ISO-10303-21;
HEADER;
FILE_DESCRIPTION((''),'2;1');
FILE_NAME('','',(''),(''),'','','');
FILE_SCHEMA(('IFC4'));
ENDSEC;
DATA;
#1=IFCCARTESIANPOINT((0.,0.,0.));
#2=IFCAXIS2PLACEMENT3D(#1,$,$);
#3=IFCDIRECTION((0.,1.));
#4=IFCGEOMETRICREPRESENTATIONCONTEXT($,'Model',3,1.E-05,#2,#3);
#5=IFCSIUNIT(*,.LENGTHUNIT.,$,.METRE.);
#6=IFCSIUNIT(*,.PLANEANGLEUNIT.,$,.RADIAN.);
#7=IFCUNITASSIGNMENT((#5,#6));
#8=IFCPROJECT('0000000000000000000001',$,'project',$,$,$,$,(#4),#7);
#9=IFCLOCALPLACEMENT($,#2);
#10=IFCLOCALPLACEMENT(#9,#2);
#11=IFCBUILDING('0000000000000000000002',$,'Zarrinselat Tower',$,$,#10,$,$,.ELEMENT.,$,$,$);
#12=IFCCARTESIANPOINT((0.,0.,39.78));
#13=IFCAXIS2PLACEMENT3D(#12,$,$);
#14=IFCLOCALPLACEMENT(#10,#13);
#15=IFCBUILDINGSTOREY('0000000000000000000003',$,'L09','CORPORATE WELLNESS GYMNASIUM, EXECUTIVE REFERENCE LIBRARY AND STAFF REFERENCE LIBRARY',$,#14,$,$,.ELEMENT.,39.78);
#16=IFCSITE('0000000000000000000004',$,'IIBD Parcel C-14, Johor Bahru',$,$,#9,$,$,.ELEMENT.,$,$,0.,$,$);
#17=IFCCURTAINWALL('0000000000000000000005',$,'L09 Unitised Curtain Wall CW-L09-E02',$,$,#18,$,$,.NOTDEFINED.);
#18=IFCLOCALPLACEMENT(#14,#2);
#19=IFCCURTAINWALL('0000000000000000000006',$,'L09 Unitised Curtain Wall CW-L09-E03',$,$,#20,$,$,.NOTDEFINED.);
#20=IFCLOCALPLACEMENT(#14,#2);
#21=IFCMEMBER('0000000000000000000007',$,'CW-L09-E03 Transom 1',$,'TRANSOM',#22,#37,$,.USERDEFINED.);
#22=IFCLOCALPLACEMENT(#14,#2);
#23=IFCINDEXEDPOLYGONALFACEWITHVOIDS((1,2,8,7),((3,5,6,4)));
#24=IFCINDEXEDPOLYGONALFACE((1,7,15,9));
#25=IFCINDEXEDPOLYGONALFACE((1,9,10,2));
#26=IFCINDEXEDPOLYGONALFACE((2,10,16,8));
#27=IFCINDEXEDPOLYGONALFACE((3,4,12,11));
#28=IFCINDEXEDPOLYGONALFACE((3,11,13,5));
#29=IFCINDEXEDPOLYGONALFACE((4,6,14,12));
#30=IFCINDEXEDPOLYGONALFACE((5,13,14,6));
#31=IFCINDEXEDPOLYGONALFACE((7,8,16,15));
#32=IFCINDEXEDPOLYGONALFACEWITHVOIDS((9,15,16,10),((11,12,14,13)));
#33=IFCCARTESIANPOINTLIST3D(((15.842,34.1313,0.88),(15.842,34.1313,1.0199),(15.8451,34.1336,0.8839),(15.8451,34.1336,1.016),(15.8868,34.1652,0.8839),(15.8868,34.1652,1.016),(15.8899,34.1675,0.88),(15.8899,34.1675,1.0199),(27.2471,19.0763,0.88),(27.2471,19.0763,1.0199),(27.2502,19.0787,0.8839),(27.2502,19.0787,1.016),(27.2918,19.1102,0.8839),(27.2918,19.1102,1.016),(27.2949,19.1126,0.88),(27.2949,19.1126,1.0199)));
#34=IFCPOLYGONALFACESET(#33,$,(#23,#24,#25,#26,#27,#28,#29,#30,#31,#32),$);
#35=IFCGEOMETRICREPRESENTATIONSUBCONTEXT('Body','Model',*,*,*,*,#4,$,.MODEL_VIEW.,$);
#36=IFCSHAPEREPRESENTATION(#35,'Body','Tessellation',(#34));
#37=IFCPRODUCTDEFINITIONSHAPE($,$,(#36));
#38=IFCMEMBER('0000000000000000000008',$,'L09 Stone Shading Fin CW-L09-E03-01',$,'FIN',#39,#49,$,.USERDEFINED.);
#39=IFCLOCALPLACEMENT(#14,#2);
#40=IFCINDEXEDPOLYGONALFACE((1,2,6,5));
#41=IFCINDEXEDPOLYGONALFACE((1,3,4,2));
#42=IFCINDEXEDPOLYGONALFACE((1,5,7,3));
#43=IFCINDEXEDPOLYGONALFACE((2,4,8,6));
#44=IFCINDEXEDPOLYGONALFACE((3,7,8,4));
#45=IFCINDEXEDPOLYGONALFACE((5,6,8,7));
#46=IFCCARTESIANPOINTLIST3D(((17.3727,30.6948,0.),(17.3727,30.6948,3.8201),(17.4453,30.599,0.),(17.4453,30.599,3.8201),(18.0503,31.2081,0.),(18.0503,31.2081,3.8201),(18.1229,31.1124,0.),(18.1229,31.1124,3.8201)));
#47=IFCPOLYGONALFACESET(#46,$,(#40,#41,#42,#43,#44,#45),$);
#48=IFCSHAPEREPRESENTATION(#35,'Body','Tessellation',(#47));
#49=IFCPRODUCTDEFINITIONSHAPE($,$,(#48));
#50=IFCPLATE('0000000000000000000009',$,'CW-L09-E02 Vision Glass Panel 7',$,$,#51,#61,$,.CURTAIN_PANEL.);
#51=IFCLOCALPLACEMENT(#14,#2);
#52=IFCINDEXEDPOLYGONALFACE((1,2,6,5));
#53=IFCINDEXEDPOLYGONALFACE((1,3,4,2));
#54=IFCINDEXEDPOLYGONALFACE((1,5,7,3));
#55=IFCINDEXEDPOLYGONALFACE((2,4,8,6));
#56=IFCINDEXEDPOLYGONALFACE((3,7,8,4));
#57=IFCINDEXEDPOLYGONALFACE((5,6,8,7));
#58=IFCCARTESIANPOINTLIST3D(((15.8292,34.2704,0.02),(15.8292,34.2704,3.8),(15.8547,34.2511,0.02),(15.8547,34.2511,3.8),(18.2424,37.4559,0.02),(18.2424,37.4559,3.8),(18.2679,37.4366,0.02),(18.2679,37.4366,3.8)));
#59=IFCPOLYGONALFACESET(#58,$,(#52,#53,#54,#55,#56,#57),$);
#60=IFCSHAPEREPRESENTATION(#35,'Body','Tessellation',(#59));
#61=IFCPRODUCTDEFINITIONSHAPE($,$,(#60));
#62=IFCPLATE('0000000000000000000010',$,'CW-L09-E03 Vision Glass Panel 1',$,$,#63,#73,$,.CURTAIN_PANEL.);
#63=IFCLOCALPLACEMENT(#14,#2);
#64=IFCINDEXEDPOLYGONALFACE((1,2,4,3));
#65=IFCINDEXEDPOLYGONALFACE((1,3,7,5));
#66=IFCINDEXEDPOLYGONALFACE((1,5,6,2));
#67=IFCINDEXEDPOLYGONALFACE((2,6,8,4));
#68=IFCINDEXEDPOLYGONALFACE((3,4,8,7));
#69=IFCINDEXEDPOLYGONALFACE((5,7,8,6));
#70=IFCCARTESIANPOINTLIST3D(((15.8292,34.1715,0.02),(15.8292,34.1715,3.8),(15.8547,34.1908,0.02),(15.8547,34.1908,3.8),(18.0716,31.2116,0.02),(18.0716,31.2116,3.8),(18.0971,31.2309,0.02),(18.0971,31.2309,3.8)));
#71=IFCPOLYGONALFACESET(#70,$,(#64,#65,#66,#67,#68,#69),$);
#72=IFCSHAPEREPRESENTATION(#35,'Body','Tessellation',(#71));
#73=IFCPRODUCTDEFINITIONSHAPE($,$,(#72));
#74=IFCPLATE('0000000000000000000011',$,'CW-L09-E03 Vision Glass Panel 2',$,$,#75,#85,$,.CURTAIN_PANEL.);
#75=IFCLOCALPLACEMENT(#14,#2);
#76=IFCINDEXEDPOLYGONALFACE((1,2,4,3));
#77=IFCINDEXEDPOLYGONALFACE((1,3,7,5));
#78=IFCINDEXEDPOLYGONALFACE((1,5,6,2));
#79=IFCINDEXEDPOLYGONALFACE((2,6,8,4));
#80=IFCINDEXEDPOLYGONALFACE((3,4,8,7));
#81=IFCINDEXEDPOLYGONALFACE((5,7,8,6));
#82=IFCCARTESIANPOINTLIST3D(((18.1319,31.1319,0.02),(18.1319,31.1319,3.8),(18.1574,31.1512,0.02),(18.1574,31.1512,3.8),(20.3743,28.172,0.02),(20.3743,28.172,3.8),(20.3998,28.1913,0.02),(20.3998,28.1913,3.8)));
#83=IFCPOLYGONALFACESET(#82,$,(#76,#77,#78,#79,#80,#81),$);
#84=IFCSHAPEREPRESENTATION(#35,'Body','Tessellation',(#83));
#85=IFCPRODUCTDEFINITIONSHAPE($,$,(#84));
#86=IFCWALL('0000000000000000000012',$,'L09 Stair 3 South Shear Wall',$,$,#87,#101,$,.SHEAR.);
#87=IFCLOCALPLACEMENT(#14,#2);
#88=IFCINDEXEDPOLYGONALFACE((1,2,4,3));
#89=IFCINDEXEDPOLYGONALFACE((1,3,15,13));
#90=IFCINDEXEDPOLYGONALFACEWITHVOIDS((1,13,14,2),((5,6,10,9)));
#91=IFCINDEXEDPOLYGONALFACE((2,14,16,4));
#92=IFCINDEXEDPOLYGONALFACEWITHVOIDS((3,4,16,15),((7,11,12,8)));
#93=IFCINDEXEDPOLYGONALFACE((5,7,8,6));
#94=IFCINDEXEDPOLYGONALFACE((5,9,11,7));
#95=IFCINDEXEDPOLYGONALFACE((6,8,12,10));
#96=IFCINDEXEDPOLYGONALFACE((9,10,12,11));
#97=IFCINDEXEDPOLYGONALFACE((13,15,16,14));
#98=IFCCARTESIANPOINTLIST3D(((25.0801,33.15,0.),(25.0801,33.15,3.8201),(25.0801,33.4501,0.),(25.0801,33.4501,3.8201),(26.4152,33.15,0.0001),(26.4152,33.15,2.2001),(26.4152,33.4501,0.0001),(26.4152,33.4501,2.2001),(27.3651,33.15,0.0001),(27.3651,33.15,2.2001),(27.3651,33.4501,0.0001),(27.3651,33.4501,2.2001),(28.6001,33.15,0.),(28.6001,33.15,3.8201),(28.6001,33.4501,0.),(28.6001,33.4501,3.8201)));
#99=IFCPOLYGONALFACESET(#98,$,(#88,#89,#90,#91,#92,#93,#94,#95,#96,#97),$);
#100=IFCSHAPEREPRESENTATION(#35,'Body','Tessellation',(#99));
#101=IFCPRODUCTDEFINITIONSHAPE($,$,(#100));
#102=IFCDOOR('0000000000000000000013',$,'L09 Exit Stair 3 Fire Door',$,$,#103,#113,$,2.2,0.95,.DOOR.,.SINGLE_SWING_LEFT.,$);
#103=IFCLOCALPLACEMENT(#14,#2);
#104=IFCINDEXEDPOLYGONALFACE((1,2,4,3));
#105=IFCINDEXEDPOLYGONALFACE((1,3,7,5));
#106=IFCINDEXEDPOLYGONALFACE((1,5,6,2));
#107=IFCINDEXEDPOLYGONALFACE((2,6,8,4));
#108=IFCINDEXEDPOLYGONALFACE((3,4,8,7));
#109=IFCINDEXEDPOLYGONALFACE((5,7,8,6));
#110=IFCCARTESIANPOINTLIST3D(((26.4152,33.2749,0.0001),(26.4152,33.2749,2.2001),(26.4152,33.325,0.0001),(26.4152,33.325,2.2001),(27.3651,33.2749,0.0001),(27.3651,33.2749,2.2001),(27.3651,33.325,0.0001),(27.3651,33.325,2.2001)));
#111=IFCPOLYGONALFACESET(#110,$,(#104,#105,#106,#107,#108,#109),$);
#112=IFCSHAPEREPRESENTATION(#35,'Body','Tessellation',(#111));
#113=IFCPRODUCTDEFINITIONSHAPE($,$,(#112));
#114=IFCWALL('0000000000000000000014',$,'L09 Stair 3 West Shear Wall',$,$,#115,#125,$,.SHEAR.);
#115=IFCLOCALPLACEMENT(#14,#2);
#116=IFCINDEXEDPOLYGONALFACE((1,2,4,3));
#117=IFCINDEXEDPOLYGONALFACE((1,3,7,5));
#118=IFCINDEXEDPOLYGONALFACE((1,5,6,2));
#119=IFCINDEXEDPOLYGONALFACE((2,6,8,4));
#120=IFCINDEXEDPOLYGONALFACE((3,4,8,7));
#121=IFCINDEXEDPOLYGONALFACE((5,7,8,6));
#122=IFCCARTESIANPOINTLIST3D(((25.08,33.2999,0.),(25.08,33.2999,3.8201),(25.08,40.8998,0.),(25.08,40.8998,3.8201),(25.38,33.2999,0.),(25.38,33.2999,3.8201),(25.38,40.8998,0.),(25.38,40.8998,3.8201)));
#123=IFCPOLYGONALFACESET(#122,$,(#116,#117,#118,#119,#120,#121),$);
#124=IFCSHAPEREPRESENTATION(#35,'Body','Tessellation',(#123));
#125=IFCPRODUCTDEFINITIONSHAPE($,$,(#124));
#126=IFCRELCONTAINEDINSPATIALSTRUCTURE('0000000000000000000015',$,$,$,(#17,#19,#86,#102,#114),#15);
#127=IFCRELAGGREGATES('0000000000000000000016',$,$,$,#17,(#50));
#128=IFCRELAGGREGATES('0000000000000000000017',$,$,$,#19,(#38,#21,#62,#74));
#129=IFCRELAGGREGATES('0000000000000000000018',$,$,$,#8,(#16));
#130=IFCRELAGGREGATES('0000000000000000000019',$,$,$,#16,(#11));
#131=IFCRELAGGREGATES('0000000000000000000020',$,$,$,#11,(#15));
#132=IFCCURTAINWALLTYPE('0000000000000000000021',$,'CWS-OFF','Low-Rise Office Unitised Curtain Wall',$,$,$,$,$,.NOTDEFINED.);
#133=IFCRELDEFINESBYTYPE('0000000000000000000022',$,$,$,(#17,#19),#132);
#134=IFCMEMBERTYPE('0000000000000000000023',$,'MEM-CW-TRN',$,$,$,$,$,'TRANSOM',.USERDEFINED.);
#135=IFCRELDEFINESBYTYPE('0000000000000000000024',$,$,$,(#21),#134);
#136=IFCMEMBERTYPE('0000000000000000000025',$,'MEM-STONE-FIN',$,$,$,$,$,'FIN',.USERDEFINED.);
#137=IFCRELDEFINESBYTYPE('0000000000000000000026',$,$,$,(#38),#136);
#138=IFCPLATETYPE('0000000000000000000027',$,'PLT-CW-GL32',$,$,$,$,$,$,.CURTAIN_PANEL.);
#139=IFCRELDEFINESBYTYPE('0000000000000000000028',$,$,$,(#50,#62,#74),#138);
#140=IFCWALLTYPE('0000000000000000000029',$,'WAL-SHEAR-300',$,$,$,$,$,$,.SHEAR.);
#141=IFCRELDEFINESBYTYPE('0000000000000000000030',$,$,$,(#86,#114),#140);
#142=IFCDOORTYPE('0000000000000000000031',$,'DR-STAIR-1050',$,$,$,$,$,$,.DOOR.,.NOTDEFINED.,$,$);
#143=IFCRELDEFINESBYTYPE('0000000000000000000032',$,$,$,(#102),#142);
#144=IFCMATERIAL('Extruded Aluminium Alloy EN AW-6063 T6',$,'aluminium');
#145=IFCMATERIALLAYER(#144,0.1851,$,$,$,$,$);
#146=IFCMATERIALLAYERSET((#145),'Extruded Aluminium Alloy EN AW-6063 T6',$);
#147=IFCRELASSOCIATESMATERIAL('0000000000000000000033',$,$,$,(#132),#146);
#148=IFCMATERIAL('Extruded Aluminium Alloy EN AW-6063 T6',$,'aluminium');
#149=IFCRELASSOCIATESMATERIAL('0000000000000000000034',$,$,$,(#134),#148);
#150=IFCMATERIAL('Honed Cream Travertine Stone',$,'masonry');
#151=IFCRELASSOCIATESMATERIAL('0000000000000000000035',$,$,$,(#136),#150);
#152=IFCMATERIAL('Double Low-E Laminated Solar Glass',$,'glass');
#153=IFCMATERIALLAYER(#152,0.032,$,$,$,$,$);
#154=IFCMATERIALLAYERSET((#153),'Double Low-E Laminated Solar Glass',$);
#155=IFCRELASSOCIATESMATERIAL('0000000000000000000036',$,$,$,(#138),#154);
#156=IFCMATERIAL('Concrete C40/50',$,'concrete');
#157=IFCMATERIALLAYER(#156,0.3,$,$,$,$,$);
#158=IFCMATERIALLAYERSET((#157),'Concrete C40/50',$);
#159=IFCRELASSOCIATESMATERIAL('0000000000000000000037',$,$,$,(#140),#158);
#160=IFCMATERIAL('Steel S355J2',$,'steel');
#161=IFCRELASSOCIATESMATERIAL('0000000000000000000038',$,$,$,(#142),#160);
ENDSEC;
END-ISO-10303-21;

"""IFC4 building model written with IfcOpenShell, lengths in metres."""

from ifc_helpers import new_model, si_unit, direction, frame, frame_2d, origin, origin_2d, place, context, subcontext, project, spatial, rectangle, hollow_rectangle, extrude, material, layer, layer_set, material_profile, profile_set, type_object, element, fill, aggregate, save


model = new_model("IFC4")

# Units and contexts
model_context = context("Model", 3, precision=1e-05, world=origin(), true_north=direction((0.0, 1.0)))
body_context = subcontext(model_context, "Body", "Model", "MODEL_VIEW")
ifc_project = project(units=[si_unit("LENGTHUNIT", "METRE"), si_unit("PLANEANGLEUNIT", "RADIAN")], contexts=[model_context])

# Site, building, storey
site_placement = place(None, origin())
site = spatial("IfcSite", under=ifc_project, at=site_placement, Name="IIBD Parcel C-14, Johor Bahru", CompositionType="ELEMENT", RefElevation=0.0)
building_placement = place(site_placement, origin())
building = spatial("IfcBuilding", under=site, at=building_placement, Name="Zarrinselat Tower", CompositionType="ELEMENT")
storey_placement = place(building_placement, frame((0.0, 0.0, 39.78)))
storey = spatial("IfcBuildingStorey", under=building, at=storey_placement, Name="L09", Description="CORPORATE WELLNESS GYMNASIUM, EXECUTIVE REFERENCE LIBRARY AND STAFF REFERENCE LIBRARY", CompositionType="ELEMENT", Elevation=39.78)

# Curtain wall
ifc_material_1 = material(Name="Extruded Aluminium Alloy EN AW-6063 T6", Category="aluminium")
ifc_layer_1 = layer(ifc_material_1, 0.1851)
ifc_layer_set_1 = layer_set([ifc_layer_1], Name="Extruded Aluminium Alloy EN AW-6063 T6")
curtain_wall_type = type_object("IfcCurtainWallType", Name="CWS-OFF", Description="Low-Rise Office Unitised Curtain Wall", PredefinedType="NOTDEFINED", material=ifc_layer_set_1)
curtain_wall_1_placement = place(storey_placement, origin())
curtain_wall_1 = element("IfcCurtainWall", 1, at=curtain_wall_1_placement, inside=storey, type_object=curtain_wall_type, Name="L09 Unitised Curtain Wall CW-L09-E02", PredefinedType="NOTDEFINED")

# Curtain wall, members
curtain_wall_2_placement = place(storey_placement, origin())
curtain_wall_2 = element("IfcCurtainWall", 2, at=curtain_wall_2_placement, inside=storey, type_object=curtain_wall_type, Name="L09 Unitised Curtain Wall CW-L09-E03", PredefinedType="NOTDEFINED")
ifc_material_2 = material(Name="Extruded Aluminium Alloy EN AW-6063 T6", Category="aluminium")
ifc_material_profile_1 = material_profile(ifc_material_2, hollow_rectangle(XDim=0.0601, YDim=0.1399, WallThickness=0.0039, at=origin_2d()), Name="RHS 140x60x4")
ifc_profile_set_1 = profile_set([ifc_material_profile_1], Name="Extruded Aluminium Alloy EN AW-6063 T6")
member_type_1 = type_object("IfcMemberType", Name="MEM-CW-TRN", ElementType="TRANSOM", PredefinedType="USERDEFINED", material=ifc_profile_set_1)
member_1_placement = place(storey_placement, frame((15.866, 34.1494, 0.95), z_axis=(0.60385, -0.797098, 0.0), x_axis=(0.797098, 0.60385, 0.0)))
member_1 = element("IfcMember", 3, at=member_1_placement, type_object=member_type_1, Name="CW-L09-E03 Transom 1", ObjectType="TRANSOM", PredefinedType="USERDEFINED", context=body_context, shape_type="SweptSolid", body=[
    extrude(hollow_rectangle(XDim=0.0601, YDim=0.1399, WallThickness=0.0039, at=origin_2d()), origin(), (0.0, 0.0, 1.0), 18.8872),
])
ifc_material_3 = material(Name="Honed Cream Travertine Stone", Category="masonry")
ifc_material_profile_2 = material_profile(ifc_material_3, rectangle(XDim=0.1201, YDim=0.8501, at=origin_2d()), Name="FIN 850x120")
ifc_profile_set_2 = profile_set([ifc_material_profile_2], Name="Honed Cream Travertine Stone")
member_type_2 = type_object("IfcMemberType", Name="MEM-STONE-FIN", ElementType="FIN", PredefinedType="USERDEFINED", material=ifc_profile_set_2)
member_2_placement = place(storey_placement, frame((17.7478, 30.9036, 0.0), z_axis=(0.0, 0.0, 1.0), x_axis=(-0.603857, 0.797092, 0.0)))
member_2 = element("IfcMember", 4, at=member_2_placement, type_object=member_type_2, Name="L09 Stone Shading Fin CW-L09-E03-01", ObjectType="FIN", PredefinedType="USERDEFINED", context=body_context, shape_type="SweptSolid", body=[
    extrude(rectangle(XDim=0.1201, YDim=0.8501, at=origin_2d()), origin(), (0.0, 0.0, 1.0), 3.8201),
])

# Plates
ifc_material_4 = material(Name="Double Low-E Laminated Solar Glass", Category="glass")
ifc_layer_2 = layer(ifc_material_4, 0.032)
ifc_layer_set_2 = layer_set([ifc_layer_2], Name="Double Low-E Laminated Solar Glass")
plate_type = type_object("IfcPlateType", Name="PLT-CW-GL32", PredefinedType="CURTAIN_PANEL", material=ifc_layer_set_2)
plate_1_placement = place(storey_placement, frame((17.0486, 35.8535, 0.02), z_axis=(0.0, 0.0, 1.0), x_axis=(-0.603857, -0.797093, 0.0)))
plate_1 = element("IfcPlate", 5, at=plate_1_placement, type_object=plate_type, Name="CW-L09-E02 Vision Glass Panel 7", PredefinedType="CURTAIN_PANEL", context=body_context, shape_type="SweptSolid", body=[
    extrude(rectangle(XDim=3.9963, YDim=0.032, at=origin_2d()), origin(), (0.0, 0.0, 1.0), 3.78),
])
aggregate(curtain_wall_1, [plate_1])
plate_2_placement = place(storey_placement, frame((16.9631, 32.7012, 0.02), z_axis=(0.0, 0.0, 1.0), x_axis=(0.603857, -0.797092, 0.0)))
plate_2 = element("IfcPlate", 6, at=plate_2_placement, type_object=plate_type, Name="CW-L09-E03 Vision Glass Panel 1", PredefinedType="CURTAIN_PANEL", context=body_context, shape_type="SweptSolid", body=[
    extrude(rectangle(XDim=3.7134, YDim=0.032, at=origin_2d()), origin(), (0.0, 0.0, 1.0), 3.78),
])
plate_3_placement = place(storey_placement, frame((19.2659, 29.6616, 0.02), z_axis=(0.0, 0.0, 1.0), x_axis=(0.603857, -0.797092, 0.0)))
plate_3 = element("IfcPlate", 7, at=plate_3_placement, type_object=plate_type, Name="CW-L09-E03 Vision Glass Panel 2", PredefinedType="CURTAIN_PANEL", context=body_context, shape_type="SweptSolid", body=[
    extrude(rectangle(XDim=3.7134, YDim=0.032, at=origin_2d()), origin(), (0.0, 0.0, 1.0), 3.78),
])
aggregate(curtain_wall_2, [member_2, member_1, plate_2, plate_3])

# Wall, opening, door
ifc_material_5 = material(Name="Concrete C40/50", Category="concrete")
ifc_layer_3 = layer(ifc_material_5, 0.3)
ifc_layer_set_3 = layer_set([ifc_layer_3], Name="Concrete C40/50")
wall_type = type_object("IfcWallType", Name="WAL-SHEAR-300", PredefinedType="SHEAR", material=ifc_layer_set_3)
wall_1_placement = place(storey_placement, frame((25.0801, 33.3, 0.0), z_axis=(0.0, 0.0, 1.0), x_axis=(1.0, 0.0, 0.0)))
wall_1 = element("IfcWall", 8, at=wall_1_placement, inside=storey, type_object=wall_type, Name="L09 Stair 3 South Shear Wall", PredefinedType="SHEAR", context=body_context, shape_type="SweptSolid", body=[
    extrude(rectangle(XDim=3.52, YDim=0.3, at=frame_2d((1.76, 0.0))), origin(), (0.0, 0.0, 1.0), 3.8201),
])
opening_placement = place(wall_1_placement, frame((1.335, 0.0, 0.0)))
opening = element("IfcOpeningElement", 9, at=opening_placement, cuts=wall_1, PredefinedType="OPENING", context=body_context, shape_type="SweptSolid", body=[
    extrude(rectangle(XDim=0.95, YDim=2.2, at=frame_2d((0.4751, 1.1001))), frame((0.0, 0.1599, 0.0), z_axis=(0.0, -1.0, 0.0), x_axis=(1.0, 0.0, 0.0)), (0.0, 0.0, 1.0), 0.3201),
])
ifc_material_6 = material(Name="Steel S355J2", Category="steel")
door_type = type_object("IfcDoorType", Name="DR-STAIR-1050", OperationType="NOTDEFINED", PredefinedType="DOOR", material=ifc_material_6)
door_placement = place(opening_placement, origin())
door = element("IfcDoor", 10, at=door_placement, inside=storey, type_object=door_type, Name="L09 Exit Stair 3 Fire Door", OperationType="SINGLE_SWING_LEFT", OverallHeight=2.2, OverallWidth=0.95, PredefinedType="DOOR", context=body_context, shape_type="SweptSolid", body=[
    extrude(rectangle(XDim=0.95, YDim=2.2, at=frame_2d((0.4751, 1.1001))), frame((0.0, 0.0249, 0.0), z_axis=(0.0, -1.0, 0.0), x_axis=(1.0, 0.0, 0.0)), (0.0, 0.0, 1.0), 0.05),
])
fill(opening, door)

# Wall
wall_2_placement = place(storey_placement, frame((25.23, 33.3, 0.0), z_axis=(0.0, 0.0, 1.0), x_axis=(0.0, 1.0, 0.0)))
element("IfcWall", 11, at=wall_2_placement, inside=storey, type_object=wall_type, Name="L09 Stair 3 West Shear Wall", PredefinedType="SHEAR", context=body_context, shape_type="SweptSolid", body=[
    extrude(rectangle(XDim=7.5999, YDim=0.3, at=frame_2d((3.7998, 0.0))), origin(), (0.0, 0.0, 1.0), 3.8201),
])

save(model, "model.ifc")
